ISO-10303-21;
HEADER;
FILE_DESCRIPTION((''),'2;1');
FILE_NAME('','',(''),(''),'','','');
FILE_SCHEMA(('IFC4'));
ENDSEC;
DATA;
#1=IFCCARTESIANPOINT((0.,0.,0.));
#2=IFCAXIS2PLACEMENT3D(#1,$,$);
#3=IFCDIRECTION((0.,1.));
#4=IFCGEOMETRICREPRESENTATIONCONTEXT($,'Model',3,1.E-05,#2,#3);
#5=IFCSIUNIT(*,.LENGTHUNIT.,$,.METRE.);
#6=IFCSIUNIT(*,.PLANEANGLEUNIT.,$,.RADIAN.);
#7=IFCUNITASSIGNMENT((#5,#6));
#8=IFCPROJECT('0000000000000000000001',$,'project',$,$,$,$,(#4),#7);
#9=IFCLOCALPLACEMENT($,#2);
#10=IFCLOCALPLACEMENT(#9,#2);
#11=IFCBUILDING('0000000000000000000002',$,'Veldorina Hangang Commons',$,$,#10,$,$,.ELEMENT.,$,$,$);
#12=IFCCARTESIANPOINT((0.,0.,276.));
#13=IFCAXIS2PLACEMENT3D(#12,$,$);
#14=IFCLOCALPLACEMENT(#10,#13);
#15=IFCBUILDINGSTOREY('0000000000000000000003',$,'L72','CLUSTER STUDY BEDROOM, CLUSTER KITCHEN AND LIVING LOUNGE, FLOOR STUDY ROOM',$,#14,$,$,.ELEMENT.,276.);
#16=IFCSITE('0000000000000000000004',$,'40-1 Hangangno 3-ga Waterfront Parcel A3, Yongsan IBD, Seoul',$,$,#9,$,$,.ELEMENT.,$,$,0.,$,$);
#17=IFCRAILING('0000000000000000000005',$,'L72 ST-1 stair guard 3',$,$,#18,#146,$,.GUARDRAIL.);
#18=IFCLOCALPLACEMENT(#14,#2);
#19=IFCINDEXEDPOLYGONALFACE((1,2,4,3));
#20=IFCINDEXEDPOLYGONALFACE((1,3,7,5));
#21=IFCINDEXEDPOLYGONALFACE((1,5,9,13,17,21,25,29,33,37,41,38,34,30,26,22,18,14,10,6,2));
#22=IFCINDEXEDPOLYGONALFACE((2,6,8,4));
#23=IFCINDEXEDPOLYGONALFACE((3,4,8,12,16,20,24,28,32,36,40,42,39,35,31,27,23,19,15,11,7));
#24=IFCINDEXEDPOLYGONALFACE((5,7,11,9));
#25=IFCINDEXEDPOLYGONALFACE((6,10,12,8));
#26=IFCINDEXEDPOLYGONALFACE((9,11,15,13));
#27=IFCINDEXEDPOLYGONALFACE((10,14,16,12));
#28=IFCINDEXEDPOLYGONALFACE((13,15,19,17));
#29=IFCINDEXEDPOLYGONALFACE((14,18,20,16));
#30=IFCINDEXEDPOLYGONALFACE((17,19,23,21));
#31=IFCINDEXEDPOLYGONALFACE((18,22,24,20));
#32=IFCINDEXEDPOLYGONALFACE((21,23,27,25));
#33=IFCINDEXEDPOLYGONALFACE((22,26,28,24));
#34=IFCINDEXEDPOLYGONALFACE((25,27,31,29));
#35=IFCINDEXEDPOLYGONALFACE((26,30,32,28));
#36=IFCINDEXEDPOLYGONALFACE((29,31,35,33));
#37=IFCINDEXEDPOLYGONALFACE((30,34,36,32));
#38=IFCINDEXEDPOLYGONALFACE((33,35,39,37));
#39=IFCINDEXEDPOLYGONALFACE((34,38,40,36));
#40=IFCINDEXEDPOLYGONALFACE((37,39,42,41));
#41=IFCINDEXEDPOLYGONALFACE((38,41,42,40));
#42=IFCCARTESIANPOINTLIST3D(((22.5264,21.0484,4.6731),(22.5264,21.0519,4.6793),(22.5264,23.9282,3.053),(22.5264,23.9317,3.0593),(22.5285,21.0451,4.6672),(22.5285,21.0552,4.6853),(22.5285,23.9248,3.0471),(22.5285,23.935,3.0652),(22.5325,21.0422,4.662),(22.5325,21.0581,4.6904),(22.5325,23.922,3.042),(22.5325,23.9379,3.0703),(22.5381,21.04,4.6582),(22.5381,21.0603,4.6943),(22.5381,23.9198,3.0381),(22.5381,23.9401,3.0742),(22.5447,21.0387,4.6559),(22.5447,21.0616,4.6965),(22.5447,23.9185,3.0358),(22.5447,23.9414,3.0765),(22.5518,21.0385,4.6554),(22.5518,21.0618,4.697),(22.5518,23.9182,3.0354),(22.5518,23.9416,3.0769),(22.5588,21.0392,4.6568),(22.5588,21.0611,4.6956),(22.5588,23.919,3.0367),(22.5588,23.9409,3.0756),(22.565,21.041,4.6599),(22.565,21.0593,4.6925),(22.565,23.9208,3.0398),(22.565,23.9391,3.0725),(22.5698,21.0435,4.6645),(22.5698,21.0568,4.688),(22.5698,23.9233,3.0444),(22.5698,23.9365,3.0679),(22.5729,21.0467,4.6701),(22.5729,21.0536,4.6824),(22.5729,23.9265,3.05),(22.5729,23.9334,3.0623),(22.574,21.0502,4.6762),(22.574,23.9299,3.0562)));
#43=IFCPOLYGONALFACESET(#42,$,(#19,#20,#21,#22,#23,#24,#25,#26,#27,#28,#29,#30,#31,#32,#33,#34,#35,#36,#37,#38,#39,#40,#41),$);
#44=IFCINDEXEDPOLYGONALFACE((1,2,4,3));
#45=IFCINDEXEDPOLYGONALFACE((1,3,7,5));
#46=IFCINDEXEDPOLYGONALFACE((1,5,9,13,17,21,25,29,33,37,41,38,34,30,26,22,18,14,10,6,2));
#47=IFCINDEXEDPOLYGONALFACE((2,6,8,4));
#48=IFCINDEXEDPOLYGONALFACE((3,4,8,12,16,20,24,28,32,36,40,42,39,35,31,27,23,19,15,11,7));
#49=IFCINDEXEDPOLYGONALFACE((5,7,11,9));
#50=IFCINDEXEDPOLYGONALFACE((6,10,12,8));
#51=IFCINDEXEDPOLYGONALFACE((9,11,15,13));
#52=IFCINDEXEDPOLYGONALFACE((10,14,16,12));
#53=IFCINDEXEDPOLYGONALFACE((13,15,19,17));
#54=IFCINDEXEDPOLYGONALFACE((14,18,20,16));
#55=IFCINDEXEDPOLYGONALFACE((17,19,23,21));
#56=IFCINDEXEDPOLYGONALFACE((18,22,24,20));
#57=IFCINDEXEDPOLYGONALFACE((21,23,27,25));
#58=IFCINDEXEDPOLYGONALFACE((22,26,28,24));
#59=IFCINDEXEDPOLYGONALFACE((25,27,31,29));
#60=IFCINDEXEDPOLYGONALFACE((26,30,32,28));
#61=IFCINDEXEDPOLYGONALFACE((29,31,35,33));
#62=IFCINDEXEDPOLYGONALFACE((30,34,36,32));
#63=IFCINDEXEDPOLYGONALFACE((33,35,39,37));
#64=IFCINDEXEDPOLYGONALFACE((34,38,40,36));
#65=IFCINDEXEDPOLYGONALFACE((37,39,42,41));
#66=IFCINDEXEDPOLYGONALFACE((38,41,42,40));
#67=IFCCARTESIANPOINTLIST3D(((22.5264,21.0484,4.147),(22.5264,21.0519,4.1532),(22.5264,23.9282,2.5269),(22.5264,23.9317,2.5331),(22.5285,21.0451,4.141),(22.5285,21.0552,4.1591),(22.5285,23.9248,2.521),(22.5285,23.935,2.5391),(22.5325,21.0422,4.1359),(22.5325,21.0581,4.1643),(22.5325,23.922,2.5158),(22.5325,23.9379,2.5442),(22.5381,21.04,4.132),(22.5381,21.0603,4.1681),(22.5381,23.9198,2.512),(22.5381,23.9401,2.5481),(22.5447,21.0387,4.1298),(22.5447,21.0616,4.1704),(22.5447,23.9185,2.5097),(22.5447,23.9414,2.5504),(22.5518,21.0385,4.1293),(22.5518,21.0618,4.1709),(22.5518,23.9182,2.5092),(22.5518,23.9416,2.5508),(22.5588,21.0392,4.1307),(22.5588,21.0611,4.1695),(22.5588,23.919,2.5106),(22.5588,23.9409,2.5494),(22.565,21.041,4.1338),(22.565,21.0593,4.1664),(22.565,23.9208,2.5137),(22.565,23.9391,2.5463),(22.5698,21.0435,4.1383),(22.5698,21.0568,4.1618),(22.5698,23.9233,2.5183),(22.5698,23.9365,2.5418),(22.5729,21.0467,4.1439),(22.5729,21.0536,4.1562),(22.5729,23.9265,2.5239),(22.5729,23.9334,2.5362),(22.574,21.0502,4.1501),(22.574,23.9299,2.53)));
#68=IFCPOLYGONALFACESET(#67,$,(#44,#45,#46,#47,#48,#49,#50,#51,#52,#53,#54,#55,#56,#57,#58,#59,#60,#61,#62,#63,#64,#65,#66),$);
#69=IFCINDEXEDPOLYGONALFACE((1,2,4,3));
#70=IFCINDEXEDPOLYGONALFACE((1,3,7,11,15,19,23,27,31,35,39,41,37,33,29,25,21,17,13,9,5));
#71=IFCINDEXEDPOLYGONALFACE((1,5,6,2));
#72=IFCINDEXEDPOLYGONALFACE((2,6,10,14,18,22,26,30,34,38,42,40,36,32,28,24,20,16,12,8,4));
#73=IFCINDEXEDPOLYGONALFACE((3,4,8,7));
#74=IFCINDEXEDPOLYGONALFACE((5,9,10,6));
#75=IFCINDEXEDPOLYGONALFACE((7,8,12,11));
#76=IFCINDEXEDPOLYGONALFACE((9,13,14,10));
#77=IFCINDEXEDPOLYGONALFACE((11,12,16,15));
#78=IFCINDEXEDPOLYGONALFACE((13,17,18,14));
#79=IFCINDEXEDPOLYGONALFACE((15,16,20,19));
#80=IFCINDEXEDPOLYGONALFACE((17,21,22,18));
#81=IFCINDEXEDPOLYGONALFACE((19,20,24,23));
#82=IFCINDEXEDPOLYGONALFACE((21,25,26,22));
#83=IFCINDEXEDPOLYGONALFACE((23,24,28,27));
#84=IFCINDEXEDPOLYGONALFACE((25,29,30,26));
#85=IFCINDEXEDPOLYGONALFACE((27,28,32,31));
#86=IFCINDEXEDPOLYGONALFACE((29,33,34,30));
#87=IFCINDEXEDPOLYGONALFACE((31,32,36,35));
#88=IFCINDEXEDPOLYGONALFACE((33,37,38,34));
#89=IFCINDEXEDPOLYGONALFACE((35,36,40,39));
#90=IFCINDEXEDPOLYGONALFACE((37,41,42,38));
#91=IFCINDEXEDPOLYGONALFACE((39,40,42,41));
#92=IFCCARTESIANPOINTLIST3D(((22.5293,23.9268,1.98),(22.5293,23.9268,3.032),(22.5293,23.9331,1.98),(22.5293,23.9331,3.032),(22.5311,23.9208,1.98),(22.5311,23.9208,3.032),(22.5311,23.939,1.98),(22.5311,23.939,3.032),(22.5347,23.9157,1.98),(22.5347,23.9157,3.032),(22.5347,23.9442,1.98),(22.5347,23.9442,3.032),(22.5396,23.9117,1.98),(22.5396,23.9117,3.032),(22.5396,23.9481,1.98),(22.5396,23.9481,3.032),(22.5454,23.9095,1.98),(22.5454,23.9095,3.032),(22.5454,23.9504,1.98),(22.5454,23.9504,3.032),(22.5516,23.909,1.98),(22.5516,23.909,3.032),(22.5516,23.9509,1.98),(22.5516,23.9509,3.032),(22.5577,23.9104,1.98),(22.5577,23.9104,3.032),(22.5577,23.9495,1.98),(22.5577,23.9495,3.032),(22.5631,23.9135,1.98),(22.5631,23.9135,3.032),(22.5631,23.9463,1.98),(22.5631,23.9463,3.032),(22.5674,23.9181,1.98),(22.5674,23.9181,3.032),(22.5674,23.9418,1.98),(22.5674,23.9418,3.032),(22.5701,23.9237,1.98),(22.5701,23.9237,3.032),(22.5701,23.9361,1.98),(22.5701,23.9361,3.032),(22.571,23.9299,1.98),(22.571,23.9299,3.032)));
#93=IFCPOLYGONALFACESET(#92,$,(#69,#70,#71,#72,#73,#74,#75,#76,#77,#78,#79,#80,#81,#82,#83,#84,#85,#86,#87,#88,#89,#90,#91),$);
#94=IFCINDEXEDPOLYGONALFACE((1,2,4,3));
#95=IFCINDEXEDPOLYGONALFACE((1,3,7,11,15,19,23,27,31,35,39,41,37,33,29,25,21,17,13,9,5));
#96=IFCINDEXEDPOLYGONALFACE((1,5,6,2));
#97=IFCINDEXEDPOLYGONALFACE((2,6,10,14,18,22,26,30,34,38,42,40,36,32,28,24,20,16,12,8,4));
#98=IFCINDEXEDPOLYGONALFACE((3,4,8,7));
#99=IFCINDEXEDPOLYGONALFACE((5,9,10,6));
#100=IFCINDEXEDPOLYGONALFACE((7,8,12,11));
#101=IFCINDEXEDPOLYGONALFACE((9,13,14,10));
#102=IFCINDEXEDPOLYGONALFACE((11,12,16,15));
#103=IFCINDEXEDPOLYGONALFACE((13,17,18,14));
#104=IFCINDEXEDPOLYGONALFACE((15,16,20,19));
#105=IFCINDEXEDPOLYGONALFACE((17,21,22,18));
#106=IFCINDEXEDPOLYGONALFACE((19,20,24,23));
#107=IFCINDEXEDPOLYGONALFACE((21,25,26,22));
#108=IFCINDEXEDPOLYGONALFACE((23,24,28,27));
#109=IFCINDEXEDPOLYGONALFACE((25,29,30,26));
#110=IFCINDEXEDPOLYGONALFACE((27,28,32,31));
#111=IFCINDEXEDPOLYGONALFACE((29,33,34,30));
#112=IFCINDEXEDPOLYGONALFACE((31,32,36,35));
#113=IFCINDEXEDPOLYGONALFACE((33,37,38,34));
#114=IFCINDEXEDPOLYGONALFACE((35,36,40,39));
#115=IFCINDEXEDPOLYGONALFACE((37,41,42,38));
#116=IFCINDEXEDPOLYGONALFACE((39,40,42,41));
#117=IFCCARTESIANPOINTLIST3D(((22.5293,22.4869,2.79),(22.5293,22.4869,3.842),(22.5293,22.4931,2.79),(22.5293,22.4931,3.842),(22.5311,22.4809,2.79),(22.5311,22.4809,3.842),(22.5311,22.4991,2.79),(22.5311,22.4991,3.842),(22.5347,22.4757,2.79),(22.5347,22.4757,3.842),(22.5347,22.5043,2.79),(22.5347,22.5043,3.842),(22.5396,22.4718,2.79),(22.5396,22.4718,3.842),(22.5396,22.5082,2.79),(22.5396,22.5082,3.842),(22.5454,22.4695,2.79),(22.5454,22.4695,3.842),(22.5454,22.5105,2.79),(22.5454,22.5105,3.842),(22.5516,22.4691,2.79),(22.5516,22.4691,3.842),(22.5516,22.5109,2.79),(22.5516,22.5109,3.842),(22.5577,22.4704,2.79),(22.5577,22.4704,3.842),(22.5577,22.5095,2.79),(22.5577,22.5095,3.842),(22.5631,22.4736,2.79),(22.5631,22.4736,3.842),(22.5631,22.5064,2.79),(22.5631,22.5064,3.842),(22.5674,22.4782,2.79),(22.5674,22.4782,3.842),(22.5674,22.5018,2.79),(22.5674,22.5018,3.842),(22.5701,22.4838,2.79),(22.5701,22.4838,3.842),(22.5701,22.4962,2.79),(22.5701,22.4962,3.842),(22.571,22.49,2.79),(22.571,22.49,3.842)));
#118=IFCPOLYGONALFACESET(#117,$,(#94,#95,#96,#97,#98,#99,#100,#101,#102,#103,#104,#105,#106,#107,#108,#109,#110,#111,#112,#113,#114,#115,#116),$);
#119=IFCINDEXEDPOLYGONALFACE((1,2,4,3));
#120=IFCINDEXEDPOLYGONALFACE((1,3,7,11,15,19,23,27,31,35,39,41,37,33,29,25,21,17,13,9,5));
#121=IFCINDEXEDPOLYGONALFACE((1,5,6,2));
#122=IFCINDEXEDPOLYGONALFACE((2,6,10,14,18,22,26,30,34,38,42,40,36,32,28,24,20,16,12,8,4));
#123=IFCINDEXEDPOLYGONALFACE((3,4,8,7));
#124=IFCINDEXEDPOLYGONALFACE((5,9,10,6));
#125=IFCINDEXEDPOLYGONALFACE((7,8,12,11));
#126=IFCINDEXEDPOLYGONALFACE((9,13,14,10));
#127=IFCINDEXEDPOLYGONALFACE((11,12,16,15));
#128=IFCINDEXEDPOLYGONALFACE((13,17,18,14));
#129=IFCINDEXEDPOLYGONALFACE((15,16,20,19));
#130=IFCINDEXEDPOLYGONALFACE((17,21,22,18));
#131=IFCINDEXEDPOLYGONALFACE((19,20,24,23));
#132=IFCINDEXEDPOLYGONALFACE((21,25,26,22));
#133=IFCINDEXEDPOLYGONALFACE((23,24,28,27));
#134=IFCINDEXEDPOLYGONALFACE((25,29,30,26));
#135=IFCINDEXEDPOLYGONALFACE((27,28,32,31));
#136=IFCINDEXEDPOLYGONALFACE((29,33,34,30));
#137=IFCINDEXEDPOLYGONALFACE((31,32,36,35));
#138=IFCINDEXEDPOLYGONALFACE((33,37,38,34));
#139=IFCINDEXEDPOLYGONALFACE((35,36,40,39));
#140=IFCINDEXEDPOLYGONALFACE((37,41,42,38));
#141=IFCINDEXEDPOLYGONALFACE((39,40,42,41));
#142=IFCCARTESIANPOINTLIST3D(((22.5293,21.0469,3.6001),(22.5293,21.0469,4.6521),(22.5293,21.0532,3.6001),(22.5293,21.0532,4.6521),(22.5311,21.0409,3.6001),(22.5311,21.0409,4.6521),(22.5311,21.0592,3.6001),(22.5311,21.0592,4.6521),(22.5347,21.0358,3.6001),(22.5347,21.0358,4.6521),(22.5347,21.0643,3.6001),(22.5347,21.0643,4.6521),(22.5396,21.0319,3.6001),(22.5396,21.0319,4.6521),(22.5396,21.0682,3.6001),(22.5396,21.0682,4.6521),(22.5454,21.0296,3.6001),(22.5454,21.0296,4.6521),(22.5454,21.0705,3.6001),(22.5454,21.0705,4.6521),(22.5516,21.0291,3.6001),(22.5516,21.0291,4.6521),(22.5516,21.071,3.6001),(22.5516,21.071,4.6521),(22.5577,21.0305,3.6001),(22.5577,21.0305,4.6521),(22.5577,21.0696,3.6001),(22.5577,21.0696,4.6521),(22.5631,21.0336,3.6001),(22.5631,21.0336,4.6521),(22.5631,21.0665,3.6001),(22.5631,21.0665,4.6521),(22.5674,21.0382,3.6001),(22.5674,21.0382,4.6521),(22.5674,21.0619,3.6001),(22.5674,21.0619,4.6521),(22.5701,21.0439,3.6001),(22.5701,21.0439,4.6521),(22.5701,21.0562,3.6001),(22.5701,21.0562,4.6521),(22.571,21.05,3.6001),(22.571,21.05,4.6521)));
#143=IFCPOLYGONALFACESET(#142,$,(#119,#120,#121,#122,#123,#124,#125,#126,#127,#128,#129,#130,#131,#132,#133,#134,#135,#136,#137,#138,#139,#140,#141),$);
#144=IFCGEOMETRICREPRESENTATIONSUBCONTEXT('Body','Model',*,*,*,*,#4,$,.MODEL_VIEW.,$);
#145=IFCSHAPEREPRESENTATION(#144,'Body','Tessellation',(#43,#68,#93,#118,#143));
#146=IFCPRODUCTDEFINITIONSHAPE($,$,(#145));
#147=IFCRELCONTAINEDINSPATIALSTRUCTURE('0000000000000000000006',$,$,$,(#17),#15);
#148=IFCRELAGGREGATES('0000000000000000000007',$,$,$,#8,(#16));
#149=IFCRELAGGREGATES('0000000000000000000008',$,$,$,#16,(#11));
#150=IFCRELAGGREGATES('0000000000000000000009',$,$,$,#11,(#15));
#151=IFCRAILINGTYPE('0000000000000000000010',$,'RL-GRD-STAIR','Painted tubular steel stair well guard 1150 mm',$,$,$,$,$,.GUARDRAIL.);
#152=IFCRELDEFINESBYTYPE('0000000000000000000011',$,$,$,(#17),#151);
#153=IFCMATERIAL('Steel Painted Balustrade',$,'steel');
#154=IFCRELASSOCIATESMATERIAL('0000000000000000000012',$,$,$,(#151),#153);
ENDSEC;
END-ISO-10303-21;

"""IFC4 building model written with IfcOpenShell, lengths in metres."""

from ifc_helpers import new_model, si_unit, direction, frame, origin, origin_2d, place, context, subcontext, project, spatial, circle, extrude, material, type_object, element, save


model = new_model("IFC4")

# Units and contexts
model_context = context("Model", 3, precision=1e-05, world=origin(), true_north=direction((0.0, 1.0)))
body_context = subcontext(model_context, "Body", "Model", "MODEL_VIEW")
ifc_project = project(units=[si_unit("LENGTHUNIT", "METRE"), si_unit("PLANEANGLEUNIT", "RADIAN")], contexts=[model_context])

# Site, building, storey
site_placement = place(None, origin())
site = spatial("IfcSite", under=ifc_project, at=site_placement, Name="40-1 Hangangno 3-ga Waterfront Parcel A3, Yongsan IBD, Seoul", CompositionType="ELEMENT", RefElevation=0.0)
building_placement = place(site_placement, origin())
building = spatial("IfcBuilding", under=site, at=building_placement, Name="Veldorina Hangang Commons", CompositionType="ELEMENT")
storey_placement = place(building_placement, frame((0.0, 0.0, 276.0)))
storey = spatial("IfcBuildingStorey", under=building, at=storey_placement, Name="L72", Description="CLUSTER STUDY BEDROOM, CLUSTER KITCHEN AND LIVING LOUNGE, FLOOR STUDY ROOM", CompositionType="ELEMENT", Elevation=276.0)

# Railing
ifc_material_1 = material(Name="Steel Painted Balustrade", Category="steel")
railing_type_1 = type_object("IfcRailingType", Name="RL-GRD-STAIR", Description="Painted tubular steel stair well guard 1150 mm", PredefinedType="GUARDRAIL", material=ifc_material_1)
railing_1_placement = place(storey_placement, frame((22.55, 23.9299, 1.98)))
element("IfcRailing", 1, at=railing_1_placement, inside=storey, type_object=railing_type_1, Name="L72 ST-1 stair guard 3", PredefinedType="GUARDRAIL", context=body_context, shape_type="SweptSolid", body=[
    extrude(circle(Radius=0.0239, at=origin_2d()), frame((0.0, 0.0, 1.0762), z_axis=(0.0, -0.871552, 0.490303), x_axis=(1.0, 0.0, 0.0)), (0.0, 0.0, 1.0), 3.3042),
    extrude(circle(Radius=0.0239, at=origin_2d()), frame((0.0, 0.0, 0.55), z_axis=(0.0, -0.871552, 0.490303), x_axis=(1.0, 0.0, 0.0)), (0.0, 0.0, 1.0), 3.3042),
    extrude(circle(Radius=0.021, at=origin_2d()), origin(), (0.0, 0.0, 1.0), 1.052),
    extrude(circle(Radius=0.021, at=origin_2d()), frame((0.0, -1.4399, 0.8101)), (0.0, 0.0, 1.0), 1.052),
    extrude(circle(Radius=0.021, at=origin_2d()), frame((0.0, -2.8799, 1.6201)), (0.0, 0.0, 1.0), 1.052),
])

save(model, "model.ifc")
